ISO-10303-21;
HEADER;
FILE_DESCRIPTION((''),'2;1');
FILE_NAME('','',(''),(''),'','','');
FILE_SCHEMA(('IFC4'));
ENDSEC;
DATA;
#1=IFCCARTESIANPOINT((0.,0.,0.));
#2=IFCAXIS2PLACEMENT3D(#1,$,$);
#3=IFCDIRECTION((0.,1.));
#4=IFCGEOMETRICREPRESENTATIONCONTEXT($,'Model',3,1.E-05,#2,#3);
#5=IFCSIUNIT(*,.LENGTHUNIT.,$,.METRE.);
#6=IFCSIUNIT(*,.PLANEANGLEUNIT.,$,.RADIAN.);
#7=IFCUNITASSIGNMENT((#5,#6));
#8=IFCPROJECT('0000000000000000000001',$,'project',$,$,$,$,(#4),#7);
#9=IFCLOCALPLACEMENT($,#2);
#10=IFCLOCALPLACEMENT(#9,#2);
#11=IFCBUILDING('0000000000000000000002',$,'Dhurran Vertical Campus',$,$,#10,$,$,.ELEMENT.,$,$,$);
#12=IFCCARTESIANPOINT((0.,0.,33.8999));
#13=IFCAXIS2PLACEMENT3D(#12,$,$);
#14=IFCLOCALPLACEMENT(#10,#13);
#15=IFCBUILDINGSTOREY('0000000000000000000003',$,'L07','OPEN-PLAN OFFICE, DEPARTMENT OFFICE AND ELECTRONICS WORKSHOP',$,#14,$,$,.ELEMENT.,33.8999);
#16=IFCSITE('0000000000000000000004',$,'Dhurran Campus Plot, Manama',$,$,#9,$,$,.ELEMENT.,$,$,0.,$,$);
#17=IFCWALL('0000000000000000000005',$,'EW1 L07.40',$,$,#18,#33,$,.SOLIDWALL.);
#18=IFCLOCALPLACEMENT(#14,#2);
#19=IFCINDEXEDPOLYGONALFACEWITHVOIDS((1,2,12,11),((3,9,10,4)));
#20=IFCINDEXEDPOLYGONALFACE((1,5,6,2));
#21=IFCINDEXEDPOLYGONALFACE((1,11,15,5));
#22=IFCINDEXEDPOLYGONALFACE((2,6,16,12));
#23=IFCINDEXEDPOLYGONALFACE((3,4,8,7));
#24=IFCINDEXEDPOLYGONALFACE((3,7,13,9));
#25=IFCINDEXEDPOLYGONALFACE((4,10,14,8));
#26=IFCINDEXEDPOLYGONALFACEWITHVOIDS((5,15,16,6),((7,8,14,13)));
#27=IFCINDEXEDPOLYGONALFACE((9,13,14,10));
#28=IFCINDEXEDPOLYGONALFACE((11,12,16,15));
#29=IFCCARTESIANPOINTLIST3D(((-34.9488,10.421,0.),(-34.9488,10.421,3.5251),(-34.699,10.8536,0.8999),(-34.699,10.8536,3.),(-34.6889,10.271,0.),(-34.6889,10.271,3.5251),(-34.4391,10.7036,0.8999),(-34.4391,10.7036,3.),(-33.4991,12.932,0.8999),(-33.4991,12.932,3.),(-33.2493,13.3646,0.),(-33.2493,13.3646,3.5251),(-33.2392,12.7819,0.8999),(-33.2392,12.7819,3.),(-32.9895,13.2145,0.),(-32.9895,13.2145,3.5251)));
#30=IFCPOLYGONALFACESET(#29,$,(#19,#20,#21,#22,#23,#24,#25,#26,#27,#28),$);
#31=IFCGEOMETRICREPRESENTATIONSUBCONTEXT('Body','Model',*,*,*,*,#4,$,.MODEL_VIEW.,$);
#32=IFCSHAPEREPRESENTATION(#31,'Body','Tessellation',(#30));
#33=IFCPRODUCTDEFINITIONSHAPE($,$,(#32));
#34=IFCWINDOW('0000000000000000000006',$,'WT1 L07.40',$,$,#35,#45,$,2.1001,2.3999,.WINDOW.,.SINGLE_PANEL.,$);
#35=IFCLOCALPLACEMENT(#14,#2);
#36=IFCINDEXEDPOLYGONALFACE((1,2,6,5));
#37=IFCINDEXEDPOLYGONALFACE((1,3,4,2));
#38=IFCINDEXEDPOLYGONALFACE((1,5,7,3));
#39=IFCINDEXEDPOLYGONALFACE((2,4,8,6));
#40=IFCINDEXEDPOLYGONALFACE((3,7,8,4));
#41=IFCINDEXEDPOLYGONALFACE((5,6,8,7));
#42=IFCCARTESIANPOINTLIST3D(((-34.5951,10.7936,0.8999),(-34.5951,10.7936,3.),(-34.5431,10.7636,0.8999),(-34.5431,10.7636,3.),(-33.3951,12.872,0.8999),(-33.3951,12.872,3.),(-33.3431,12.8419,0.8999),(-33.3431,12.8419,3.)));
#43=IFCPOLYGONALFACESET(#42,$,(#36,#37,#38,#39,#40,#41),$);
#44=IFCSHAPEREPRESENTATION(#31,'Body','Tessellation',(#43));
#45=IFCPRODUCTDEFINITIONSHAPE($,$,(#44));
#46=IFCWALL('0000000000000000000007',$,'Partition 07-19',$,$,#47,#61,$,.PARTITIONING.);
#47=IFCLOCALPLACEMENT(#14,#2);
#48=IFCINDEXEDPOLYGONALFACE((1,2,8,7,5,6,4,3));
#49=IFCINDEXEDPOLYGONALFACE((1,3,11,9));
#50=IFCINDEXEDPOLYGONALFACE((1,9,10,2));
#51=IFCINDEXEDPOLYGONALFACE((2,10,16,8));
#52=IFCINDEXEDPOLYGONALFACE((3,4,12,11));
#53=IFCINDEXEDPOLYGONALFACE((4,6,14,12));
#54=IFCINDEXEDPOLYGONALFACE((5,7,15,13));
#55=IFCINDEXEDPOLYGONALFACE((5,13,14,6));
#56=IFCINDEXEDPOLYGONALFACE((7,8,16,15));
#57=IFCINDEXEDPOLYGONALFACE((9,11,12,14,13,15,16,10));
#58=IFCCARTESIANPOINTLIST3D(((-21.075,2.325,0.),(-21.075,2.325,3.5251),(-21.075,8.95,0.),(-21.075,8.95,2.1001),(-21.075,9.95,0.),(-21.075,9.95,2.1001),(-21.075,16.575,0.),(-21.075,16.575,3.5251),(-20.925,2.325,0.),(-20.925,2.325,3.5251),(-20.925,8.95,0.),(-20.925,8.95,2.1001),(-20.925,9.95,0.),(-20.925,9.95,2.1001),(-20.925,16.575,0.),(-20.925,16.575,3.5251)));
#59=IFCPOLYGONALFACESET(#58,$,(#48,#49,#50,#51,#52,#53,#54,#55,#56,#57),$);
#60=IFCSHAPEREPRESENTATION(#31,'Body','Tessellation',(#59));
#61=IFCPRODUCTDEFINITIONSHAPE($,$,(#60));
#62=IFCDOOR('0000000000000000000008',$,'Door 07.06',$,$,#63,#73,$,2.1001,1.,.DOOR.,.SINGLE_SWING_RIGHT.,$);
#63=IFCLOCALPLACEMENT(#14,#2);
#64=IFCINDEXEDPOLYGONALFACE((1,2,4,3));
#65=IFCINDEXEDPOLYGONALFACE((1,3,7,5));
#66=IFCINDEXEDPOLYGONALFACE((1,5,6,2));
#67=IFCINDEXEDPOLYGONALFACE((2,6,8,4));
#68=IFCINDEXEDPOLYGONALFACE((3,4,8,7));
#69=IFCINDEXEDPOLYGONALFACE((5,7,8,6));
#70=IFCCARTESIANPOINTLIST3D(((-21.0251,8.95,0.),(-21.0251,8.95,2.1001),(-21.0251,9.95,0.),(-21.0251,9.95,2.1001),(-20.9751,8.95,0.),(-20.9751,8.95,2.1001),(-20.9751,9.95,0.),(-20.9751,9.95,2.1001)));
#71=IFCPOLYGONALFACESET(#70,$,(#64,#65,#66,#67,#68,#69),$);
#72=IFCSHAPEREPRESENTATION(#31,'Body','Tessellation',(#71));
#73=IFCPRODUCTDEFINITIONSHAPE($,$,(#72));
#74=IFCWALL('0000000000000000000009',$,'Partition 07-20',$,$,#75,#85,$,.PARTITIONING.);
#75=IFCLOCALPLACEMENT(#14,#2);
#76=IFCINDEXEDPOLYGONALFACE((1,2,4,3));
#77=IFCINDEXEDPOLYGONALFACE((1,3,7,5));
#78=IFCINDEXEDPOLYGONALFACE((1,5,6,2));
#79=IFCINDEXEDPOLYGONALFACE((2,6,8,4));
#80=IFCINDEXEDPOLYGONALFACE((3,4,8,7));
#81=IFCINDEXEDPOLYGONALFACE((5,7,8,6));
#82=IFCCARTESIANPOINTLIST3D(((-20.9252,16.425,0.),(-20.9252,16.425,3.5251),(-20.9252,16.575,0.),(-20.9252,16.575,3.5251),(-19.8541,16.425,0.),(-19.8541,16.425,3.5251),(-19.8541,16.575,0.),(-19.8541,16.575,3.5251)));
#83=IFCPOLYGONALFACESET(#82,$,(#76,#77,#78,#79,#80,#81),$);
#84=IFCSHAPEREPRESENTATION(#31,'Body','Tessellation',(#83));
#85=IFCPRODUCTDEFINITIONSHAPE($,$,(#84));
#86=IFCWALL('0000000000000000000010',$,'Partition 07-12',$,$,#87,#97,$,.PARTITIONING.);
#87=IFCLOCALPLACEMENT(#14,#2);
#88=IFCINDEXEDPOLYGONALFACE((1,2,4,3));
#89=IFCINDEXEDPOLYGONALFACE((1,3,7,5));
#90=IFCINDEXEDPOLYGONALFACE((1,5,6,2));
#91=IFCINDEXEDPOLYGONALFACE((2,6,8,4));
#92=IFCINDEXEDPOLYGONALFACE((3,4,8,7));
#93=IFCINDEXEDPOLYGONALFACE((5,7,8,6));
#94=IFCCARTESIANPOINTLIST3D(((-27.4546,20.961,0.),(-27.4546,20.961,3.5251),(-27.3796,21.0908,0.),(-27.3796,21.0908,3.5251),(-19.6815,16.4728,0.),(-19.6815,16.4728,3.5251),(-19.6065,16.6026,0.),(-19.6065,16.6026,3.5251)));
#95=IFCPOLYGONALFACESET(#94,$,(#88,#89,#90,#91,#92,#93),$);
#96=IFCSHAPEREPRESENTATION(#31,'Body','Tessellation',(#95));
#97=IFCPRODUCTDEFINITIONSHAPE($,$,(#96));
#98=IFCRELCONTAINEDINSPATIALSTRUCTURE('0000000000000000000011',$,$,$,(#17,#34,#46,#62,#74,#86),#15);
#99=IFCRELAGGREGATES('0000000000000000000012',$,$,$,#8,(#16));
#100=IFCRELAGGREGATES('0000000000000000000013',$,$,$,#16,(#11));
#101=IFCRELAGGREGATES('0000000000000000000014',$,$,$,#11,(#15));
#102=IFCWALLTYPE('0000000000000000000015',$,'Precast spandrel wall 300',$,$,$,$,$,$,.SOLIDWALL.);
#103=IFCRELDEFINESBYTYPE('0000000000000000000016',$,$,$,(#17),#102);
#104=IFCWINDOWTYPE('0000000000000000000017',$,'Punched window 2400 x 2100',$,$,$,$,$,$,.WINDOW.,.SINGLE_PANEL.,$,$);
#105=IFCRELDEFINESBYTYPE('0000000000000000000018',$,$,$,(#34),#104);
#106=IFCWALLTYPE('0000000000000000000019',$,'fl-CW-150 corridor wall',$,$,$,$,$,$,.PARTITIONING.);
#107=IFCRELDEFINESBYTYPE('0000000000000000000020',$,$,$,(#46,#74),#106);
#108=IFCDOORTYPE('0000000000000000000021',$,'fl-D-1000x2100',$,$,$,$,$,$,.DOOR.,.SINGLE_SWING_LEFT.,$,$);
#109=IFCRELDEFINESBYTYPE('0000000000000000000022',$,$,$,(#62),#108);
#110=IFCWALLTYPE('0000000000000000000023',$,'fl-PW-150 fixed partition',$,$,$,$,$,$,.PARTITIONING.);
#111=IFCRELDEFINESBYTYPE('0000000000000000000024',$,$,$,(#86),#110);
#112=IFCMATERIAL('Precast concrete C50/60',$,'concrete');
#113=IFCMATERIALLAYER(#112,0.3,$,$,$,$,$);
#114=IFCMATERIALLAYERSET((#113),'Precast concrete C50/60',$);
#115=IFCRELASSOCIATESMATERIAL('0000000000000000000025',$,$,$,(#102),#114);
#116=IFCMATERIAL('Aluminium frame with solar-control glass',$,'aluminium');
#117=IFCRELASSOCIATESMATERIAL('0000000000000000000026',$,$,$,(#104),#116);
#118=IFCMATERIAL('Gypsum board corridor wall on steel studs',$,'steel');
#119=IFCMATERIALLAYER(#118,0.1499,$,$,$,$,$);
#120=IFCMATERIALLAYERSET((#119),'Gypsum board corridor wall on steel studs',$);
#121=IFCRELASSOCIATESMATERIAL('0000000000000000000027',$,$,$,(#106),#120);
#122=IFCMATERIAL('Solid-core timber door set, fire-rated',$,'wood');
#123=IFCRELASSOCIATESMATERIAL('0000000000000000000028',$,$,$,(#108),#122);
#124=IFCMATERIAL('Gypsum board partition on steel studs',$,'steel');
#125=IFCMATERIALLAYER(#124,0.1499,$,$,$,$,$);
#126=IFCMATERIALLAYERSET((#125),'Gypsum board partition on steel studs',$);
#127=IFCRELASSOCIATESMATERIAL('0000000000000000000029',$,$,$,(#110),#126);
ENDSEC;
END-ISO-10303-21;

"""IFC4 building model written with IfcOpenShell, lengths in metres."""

from ifc_helpers import new_model, si_unit, direction, frame, frame_2d, origin, place, context, subcontext, project, spatial, rectangle, extrude, material, layer, layer_set, type_object, element, fill, save


model = new_model("IFC4")

# Units and contexts
model_context = context("Model", 3, precision=1e-05, world=origin(), true_north=direction((0.0, 1.0)))
body_context = subcontext(model_context, "Body", "Model", "MODEL_VIEW")
ifc_project = project(units=[si_unit("LENGTHUNIT", "METRE"), si_unit("PLANEANGLEUNIT", "RADIAN")], contexts=[model_context])

# Site, building, storey
site_placement = place(None, origin())
site = spatial("IfcSite", under=ifc_project, at=site_placement, Name="Dhurran Campus Plot, Manama", CompositionType="ELEMENT", RefElevation=0.0)
building_placement = place(site_placement, origin())
building = spatial("IfcBuilding", under=site, at=building_placement, Name="Dhurran Vertical Campus", CompositionType="ELEMENT")
storey_placement = place(building_placement, frame((0.0, 0.0, 33.8999)))
storey = spatial("IfcBuildingStorey", under=building, at=storey_placement, Name="L07", Description="OPEN-PLAN OFFICE, DEPARTMENT OFFICE AND ELECTRONICS WORKSHOP", CompositionType="ELEMENT", Elevation=33.8999)

# Wall, opening, window
ifc_material_1 = material(Name="Precast concrete C50/60", Category="concrete")
ifc_layer_1 = layer(ifc_material_1, 0.3)
ifc_layer_set_1 = layer_set([ifc_layer_1], Name="Precast concrete C50/60")
wall_type_1 = type_object("IfcWallType", Name="Precast spandrel wall 300", PredefinedType="SOLIDWALL", material=ifc_layer_set_1)
ifc_material_2 = material(Name="Aluminium frame with solar-control glass", Category="aluminium")
window_type = type_object("IfcWindowType", Name="Punched window 2400 x 2100", PartitioningType="SINGLE_PANEL", PredefinedType="WINDOW", material=ifc_material_2)
wall_1_placement = place(storey_placement, frame((-33.1194, 13.2896, 0.0), z_axis=(0.0, 0.0, 1.0), x_axis=(-0.499994, -0.866029, 0.0)))
wall_1 = element("IfcWall", 1, at=wall_1_placement, inside=storey, type_object=wall_type_1, Name="EW1 L07.40", PredefinedType="SOLIDWALL", context=body_context, shape_type="SweptSolid", body=[
    extrude(rectangle(XDim=3.3989, YDim=0.3, at=frame_2d((1.6995, 0.0))), origin(), (0.0, 0.0, 1.0), 3.5251),
])
opening_1_placement = place(wall_1_placement, frame((0.4995, 0.0, 0.8999)))
opening_1 = element("IfcOpeningElement", 2, at=opening_1_placement, cuts=wall_1, PredefinedType="OPENING", context=body_context, shape_type="SweptSolid", body=[
    extrude(rectangle(XDim=2.3999, YDim=2.1001, at=frame_2d((1.2, 1.05))), frame((0.0, 0.1599, 0.0), z_axis=(0.0, -1.0, 0.0), x_axis=(1.0, 0.0, 0.0)), (0.0, 0.0, 1.0), 0.3201),
])
window_1_placement = place(opening_1_placement, origin())
window_1 = element("IfcWindow", 3, at=window_1_placement, inside=storey, type_object=window_type, Name="WT1 L07.40", OverallHeight=2.1001, OverallWidth=2.3999, PartitioningType="SINGLE_PANEL", PredefinedType="WINDOW", context=body_context, shape_type="SweptSolid", body=[
    extrude(rectangle(XDim=2.3999, YDim=2.1001, at=frame_2d((1.2, 1.05))), frame((0.0, 0.03, 0.0), z_axis=(0.0, -1.0, 0.0), x_axis=(1.0, 0.0, 0.0)), (0.0, 0.0, 1.0), 0.0601),
])
fill(opening_1, window_1)

# Wall, opening, door
ifc_material_3 = material(Name="Gypsum board corridor wall on steel studs", Category="steel")
ifc_layer_2 = layer(ifc_material_3, 0.1499)
ifc_layer_set_2 = layer_set([ifc_layer_2], Name="Gypsum board corridor wall on steel studs")
wall_type_2 = type_object("IfcWallType", Name="fl-CW-150 corridor wall", PredefinedType="PARTITIONING", material=ifc_layer_set_2)
wall_2_placement = place(storey_placement, frame((-21.0, 16.575, 0.0), z_axis=(0.0, 0.0, 1.0), x_axis=(0.0, -1.0, 0.0)))
wall_2 = element("IfcWall", 4, at=wall_2_placement, inside=storey, type_object=wall_type_2, Name="Partition 07-19", PredefinedType="PARTITIONING", context=body_context, shape_type="SweptSolid", body=[
    extrude(rectangle(XDim=14.25, YDim=0.1499, at=frame_2d((7.125, 0.0))), origin(), (0.0, 0.0, 1.0), 3.5251),
])
opening_2_placement = place(wall_2_placement, frame((6.625, 0.0, 0.0)))
opening_2 = element("IfcOpeningElement", 5, at=opening_2_placement, cuts=wall_2, PredefinedType="OPENING", context=body_context, shape_type="SweptSolid", body=[
    extrude(rectangle(XDim=1.0, YDim=2.1001, at=frame_2d((0.5, 1.05))), frame((0.0, 0.085, 0.0), z_axis=(0.0, -1.0, 0.0), x_axis=(1.0, 0.0, 0.0)), (0.0, 0.0, 1.0), 0.1699),
])
ifc_material_4 = material(Name="Solid-core timber door set, fire-rated", Category="wood")
door_type = type_object("IfcDoorType", Name="fl-D-1000x2100", OperationType="SINGLE_SWING_LEFT", PredefinedType="DOOR", material=ifc_material_4)
door_placement = place(opening_2_placement, origin())
door = element("IfcDoor", 6, at=door_placement, inside=storey, type_object=door_type, Name="Door 07.06", OperationType="SINGLE_SWING_RIGHT", OverallHeight=2.1001, OverallWidth=1.0, PredefinedType="DOOR", context=body_context, shape_type="SweptSolid", body=[
    extrude(rectangle(XDim=1.0, YDim=2.1001, at=frame_2d((0.5, 1.05))), frame((0.0, 0.0249, 0.0), z_axis=(0.0, -1.0, 0.0), x_axis=(1.0, 0.0, 0.0)), (0.0, 0.0, 1.0), 0.05),
])
fill(opening_2, door)

# Walls
wall_3_placement = place(storey_placement, frame((-19.854, 16.5, 0.0), z_axis=(0.0, 0.0, 1.0), x_axis=(-1.0, 0.0, 0.0)))
element("IfcWall", 7, at=wall_3_placement, inside=storey, type_object=wall_type_2, Name="Partition 07-20", PredefinedType="PARTITIONING", context=body_context, shape_type="SweptSolid", body=[
    extrude(rectangle(XDim=1.071, YDim=0.1499, at=frame_2d((0.5356, 0.0))), origin(), (0.0, 0.0, 1.0), 3.5251),
])
ifc_material_5 = material(Name="Gypsum board partition on steel studs", Category="steel")
ifc_layer_3 = layer(ifc_material_5, 0.1499)
ifc_layer_set_3 = layer_set([ifc_layer_3], Name="Gypsum board partition on steel studs")
wall_type_3 = type_object("IfcWallType", Name="fl-PW-150 fixed partition", PredefinedType="PARTITIONING", material=ifc_layer_set_3)
wall_4_placement = place(storey_placement, frame((-27.417, 21.0259, 0.0), z_axis=(0.0, 0.0, 1.0), x_axis=(0.866005, -0.500036, 0.0)))
element("IfcWall", 8, at=wall_4_placement, inside=storey, type_object=wall_type_3, Name="Partition 07-12", PredefinedType="PARTITIONING", context=body_context, shape_type="SweptSolid", body=[
    extrude(rectangle(XDim=8.9758, YDim=0.1499, at=frame_2d((4.4878, 0.0))), origin(), (0.0, 0.0, 1.0), 3.5251),
])

save(model, "model.ifc")
